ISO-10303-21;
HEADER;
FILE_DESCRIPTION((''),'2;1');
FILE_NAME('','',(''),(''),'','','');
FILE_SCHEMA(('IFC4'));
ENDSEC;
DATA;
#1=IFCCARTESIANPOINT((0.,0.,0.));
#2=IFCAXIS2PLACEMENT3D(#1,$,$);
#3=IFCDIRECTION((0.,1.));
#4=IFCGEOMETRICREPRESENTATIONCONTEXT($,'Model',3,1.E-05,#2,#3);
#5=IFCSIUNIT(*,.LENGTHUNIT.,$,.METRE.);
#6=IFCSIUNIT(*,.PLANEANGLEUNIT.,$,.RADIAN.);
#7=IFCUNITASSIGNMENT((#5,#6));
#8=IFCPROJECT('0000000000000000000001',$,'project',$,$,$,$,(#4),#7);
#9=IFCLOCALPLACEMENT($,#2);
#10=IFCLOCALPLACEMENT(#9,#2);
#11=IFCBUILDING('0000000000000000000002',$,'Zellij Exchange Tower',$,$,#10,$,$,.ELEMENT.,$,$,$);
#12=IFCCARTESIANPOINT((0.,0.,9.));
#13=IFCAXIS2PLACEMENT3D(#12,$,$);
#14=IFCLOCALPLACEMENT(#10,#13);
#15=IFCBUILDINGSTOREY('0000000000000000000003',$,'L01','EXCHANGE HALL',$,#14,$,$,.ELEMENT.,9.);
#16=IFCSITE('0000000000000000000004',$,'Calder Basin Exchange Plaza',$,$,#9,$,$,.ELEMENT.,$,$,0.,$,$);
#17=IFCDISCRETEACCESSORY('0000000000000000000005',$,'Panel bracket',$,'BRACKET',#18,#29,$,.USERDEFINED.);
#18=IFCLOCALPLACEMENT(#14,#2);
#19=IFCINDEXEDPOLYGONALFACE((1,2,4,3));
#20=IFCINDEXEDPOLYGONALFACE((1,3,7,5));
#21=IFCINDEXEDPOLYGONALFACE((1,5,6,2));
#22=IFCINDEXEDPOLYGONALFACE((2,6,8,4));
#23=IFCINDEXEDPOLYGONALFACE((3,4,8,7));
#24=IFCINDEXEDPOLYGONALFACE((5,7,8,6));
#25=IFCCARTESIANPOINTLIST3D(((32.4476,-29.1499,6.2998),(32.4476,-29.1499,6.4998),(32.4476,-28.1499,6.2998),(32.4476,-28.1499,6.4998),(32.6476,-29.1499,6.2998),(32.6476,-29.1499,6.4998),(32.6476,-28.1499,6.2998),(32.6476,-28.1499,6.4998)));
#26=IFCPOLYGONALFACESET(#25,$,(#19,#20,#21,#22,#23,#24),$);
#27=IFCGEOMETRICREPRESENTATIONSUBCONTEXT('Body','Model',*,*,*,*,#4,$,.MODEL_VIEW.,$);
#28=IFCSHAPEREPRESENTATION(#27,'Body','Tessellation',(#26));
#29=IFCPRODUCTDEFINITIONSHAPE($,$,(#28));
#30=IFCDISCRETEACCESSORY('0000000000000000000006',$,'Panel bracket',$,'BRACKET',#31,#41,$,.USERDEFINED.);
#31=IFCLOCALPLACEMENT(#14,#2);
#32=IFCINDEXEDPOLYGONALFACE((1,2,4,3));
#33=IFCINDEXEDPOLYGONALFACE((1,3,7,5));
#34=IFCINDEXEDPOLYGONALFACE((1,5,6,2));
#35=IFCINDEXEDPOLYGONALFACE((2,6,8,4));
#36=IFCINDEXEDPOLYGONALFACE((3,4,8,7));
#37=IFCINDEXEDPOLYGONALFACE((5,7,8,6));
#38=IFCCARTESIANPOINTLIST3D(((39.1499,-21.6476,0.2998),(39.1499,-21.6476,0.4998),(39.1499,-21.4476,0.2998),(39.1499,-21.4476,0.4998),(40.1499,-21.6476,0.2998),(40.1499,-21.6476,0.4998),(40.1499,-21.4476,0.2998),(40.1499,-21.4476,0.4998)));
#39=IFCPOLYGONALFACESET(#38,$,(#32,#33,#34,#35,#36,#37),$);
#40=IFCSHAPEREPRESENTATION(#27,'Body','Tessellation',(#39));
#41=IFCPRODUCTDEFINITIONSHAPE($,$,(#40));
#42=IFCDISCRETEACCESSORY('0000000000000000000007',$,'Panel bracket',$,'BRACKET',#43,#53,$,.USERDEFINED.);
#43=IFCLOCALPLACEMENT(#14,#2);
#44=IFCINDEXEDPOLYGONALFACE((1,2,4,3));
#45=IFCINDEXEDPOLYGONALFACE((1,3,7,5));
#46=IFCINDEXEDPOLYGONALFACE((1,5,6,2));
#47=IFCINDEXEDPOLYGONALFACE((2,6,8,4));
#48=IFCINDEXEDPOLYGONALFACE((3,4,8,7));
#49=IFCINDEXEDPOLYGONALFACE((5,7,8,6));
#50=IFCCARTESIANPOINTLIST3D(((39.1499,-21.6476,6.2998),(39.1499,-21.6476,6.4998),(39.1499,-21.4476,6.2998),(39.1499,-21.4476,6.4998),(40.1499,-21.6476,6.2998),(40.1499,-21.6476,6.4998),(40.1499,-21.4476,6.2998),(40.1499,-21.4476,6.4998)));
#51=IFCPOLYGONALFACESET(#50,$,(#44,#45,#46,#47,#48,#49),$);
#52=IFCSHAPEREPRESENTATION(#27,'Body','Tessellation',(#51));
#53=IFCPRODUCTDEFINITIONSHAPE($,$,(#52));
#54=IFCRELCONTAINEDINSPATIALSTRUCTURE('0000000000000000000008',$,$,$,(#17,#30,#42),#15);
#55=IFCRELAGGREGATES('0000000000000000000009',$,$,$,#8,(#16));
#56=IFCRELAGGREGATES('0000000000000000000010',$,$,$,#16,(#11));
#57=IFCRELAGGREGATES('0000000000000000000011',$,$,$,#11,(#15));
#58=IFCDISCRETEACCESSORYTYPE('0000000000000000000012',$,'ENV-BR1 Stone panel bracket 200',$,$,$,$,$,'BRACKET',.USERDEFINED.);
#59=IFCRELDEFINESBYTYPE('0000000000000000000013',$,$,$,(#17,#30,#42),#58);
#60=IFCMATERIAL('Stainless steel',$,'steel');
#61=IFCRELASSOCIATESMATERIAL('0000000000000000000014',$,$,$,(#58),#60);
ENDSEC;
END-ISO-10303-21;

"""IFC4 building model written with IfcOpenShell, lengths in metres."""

from ifc_helpers import new_model, si_unit, direction, frame, origin, origin_2d, place, context, subcontext, project, spatial, rectangle, extrude, material, type_object, element, save


model = new_model("IFC4")

# Units and contexts
model_context = context("Model", 3, precision=1e-05, world=origin(), true_north=direction((0.0, 1.0)))
body_context = subcontext(model_context, "Body", "Model", "MODEL_VIEW")
ifc_project = project(units=[si_unit("LENGTHUNIT", "METRE"), si_unit("PLANEANGLEUNIT", "RADIAN")], contexts=[model_context])

# Site, building, storey
site_placement = place(None, origin())
site = spatial("IfcSite", under=ifc_project, at=site_placement, Name="Calder Basin Exchange Plaza", CompositionType="ELEMENT", RefElevation=0.0)
building_placement = place(site_placement, origin())
building = spatial("IfcBuilding", under=site, at=building_placement, Name="Zellij Exchange Tower", CompositionType="ELEMENT")
storey_placement = place(building_placement, frame((0.0, 0.0, 9.0)))
storey = spatial("IfcBuildingStorey", under=building, at=storey_placement, Name="L01", Description="EXCHANGE HALL", CompositionType="ELEMENT", Elevation=9.0)

# Discrete accessories
ifc_material_1 = material(Name="Stainless steel", Category="steel")
discrete_accessory_type = type_object("IfcDiscreteAccessoryType", Name="ENV-BR1 Stone panel bracket 200", ElementType="BRACKET", PredefinedType="USERDEFINED", material=ifc_material_1)
for number, where, z_axis, x_axis, name in (
    (1, (32.5476, -28.6499, 6.2998), (0.0, 0.0, 1.0), (1.0, 0.0, 0.0), "Panel bracket"),
    (2, (39.6499, -21.5476, 0.2998), (0.0, 0.0, 1.0), (0.0, 1.0, 0.0), "Panel bracket"),
    (3, (39.6499, -21.5476, 6.2998), (0.0, 0.0, 1.0), (0.0, 1.0, 0.0), "Panel bracket"),
):
    element("IfcDiscreteAccessory", number, at=place(storey_placement, frame(where, z_axis=z_axis, x_axis=x_axis)), inside=storey, type_object=discrete_accessory_type, Name=name, ObjectType="BRACKET", PredefinedType="USERDEFINED", context=body_context, shape_type="SweptSolid", body=[
        extrude(rectangle(XDim=0.2, YDim=1.0, at=origin_2d()), origin(), (0.0, 0.0, 1.0), 0.2),
    ])

save(model, "model.ifc")
